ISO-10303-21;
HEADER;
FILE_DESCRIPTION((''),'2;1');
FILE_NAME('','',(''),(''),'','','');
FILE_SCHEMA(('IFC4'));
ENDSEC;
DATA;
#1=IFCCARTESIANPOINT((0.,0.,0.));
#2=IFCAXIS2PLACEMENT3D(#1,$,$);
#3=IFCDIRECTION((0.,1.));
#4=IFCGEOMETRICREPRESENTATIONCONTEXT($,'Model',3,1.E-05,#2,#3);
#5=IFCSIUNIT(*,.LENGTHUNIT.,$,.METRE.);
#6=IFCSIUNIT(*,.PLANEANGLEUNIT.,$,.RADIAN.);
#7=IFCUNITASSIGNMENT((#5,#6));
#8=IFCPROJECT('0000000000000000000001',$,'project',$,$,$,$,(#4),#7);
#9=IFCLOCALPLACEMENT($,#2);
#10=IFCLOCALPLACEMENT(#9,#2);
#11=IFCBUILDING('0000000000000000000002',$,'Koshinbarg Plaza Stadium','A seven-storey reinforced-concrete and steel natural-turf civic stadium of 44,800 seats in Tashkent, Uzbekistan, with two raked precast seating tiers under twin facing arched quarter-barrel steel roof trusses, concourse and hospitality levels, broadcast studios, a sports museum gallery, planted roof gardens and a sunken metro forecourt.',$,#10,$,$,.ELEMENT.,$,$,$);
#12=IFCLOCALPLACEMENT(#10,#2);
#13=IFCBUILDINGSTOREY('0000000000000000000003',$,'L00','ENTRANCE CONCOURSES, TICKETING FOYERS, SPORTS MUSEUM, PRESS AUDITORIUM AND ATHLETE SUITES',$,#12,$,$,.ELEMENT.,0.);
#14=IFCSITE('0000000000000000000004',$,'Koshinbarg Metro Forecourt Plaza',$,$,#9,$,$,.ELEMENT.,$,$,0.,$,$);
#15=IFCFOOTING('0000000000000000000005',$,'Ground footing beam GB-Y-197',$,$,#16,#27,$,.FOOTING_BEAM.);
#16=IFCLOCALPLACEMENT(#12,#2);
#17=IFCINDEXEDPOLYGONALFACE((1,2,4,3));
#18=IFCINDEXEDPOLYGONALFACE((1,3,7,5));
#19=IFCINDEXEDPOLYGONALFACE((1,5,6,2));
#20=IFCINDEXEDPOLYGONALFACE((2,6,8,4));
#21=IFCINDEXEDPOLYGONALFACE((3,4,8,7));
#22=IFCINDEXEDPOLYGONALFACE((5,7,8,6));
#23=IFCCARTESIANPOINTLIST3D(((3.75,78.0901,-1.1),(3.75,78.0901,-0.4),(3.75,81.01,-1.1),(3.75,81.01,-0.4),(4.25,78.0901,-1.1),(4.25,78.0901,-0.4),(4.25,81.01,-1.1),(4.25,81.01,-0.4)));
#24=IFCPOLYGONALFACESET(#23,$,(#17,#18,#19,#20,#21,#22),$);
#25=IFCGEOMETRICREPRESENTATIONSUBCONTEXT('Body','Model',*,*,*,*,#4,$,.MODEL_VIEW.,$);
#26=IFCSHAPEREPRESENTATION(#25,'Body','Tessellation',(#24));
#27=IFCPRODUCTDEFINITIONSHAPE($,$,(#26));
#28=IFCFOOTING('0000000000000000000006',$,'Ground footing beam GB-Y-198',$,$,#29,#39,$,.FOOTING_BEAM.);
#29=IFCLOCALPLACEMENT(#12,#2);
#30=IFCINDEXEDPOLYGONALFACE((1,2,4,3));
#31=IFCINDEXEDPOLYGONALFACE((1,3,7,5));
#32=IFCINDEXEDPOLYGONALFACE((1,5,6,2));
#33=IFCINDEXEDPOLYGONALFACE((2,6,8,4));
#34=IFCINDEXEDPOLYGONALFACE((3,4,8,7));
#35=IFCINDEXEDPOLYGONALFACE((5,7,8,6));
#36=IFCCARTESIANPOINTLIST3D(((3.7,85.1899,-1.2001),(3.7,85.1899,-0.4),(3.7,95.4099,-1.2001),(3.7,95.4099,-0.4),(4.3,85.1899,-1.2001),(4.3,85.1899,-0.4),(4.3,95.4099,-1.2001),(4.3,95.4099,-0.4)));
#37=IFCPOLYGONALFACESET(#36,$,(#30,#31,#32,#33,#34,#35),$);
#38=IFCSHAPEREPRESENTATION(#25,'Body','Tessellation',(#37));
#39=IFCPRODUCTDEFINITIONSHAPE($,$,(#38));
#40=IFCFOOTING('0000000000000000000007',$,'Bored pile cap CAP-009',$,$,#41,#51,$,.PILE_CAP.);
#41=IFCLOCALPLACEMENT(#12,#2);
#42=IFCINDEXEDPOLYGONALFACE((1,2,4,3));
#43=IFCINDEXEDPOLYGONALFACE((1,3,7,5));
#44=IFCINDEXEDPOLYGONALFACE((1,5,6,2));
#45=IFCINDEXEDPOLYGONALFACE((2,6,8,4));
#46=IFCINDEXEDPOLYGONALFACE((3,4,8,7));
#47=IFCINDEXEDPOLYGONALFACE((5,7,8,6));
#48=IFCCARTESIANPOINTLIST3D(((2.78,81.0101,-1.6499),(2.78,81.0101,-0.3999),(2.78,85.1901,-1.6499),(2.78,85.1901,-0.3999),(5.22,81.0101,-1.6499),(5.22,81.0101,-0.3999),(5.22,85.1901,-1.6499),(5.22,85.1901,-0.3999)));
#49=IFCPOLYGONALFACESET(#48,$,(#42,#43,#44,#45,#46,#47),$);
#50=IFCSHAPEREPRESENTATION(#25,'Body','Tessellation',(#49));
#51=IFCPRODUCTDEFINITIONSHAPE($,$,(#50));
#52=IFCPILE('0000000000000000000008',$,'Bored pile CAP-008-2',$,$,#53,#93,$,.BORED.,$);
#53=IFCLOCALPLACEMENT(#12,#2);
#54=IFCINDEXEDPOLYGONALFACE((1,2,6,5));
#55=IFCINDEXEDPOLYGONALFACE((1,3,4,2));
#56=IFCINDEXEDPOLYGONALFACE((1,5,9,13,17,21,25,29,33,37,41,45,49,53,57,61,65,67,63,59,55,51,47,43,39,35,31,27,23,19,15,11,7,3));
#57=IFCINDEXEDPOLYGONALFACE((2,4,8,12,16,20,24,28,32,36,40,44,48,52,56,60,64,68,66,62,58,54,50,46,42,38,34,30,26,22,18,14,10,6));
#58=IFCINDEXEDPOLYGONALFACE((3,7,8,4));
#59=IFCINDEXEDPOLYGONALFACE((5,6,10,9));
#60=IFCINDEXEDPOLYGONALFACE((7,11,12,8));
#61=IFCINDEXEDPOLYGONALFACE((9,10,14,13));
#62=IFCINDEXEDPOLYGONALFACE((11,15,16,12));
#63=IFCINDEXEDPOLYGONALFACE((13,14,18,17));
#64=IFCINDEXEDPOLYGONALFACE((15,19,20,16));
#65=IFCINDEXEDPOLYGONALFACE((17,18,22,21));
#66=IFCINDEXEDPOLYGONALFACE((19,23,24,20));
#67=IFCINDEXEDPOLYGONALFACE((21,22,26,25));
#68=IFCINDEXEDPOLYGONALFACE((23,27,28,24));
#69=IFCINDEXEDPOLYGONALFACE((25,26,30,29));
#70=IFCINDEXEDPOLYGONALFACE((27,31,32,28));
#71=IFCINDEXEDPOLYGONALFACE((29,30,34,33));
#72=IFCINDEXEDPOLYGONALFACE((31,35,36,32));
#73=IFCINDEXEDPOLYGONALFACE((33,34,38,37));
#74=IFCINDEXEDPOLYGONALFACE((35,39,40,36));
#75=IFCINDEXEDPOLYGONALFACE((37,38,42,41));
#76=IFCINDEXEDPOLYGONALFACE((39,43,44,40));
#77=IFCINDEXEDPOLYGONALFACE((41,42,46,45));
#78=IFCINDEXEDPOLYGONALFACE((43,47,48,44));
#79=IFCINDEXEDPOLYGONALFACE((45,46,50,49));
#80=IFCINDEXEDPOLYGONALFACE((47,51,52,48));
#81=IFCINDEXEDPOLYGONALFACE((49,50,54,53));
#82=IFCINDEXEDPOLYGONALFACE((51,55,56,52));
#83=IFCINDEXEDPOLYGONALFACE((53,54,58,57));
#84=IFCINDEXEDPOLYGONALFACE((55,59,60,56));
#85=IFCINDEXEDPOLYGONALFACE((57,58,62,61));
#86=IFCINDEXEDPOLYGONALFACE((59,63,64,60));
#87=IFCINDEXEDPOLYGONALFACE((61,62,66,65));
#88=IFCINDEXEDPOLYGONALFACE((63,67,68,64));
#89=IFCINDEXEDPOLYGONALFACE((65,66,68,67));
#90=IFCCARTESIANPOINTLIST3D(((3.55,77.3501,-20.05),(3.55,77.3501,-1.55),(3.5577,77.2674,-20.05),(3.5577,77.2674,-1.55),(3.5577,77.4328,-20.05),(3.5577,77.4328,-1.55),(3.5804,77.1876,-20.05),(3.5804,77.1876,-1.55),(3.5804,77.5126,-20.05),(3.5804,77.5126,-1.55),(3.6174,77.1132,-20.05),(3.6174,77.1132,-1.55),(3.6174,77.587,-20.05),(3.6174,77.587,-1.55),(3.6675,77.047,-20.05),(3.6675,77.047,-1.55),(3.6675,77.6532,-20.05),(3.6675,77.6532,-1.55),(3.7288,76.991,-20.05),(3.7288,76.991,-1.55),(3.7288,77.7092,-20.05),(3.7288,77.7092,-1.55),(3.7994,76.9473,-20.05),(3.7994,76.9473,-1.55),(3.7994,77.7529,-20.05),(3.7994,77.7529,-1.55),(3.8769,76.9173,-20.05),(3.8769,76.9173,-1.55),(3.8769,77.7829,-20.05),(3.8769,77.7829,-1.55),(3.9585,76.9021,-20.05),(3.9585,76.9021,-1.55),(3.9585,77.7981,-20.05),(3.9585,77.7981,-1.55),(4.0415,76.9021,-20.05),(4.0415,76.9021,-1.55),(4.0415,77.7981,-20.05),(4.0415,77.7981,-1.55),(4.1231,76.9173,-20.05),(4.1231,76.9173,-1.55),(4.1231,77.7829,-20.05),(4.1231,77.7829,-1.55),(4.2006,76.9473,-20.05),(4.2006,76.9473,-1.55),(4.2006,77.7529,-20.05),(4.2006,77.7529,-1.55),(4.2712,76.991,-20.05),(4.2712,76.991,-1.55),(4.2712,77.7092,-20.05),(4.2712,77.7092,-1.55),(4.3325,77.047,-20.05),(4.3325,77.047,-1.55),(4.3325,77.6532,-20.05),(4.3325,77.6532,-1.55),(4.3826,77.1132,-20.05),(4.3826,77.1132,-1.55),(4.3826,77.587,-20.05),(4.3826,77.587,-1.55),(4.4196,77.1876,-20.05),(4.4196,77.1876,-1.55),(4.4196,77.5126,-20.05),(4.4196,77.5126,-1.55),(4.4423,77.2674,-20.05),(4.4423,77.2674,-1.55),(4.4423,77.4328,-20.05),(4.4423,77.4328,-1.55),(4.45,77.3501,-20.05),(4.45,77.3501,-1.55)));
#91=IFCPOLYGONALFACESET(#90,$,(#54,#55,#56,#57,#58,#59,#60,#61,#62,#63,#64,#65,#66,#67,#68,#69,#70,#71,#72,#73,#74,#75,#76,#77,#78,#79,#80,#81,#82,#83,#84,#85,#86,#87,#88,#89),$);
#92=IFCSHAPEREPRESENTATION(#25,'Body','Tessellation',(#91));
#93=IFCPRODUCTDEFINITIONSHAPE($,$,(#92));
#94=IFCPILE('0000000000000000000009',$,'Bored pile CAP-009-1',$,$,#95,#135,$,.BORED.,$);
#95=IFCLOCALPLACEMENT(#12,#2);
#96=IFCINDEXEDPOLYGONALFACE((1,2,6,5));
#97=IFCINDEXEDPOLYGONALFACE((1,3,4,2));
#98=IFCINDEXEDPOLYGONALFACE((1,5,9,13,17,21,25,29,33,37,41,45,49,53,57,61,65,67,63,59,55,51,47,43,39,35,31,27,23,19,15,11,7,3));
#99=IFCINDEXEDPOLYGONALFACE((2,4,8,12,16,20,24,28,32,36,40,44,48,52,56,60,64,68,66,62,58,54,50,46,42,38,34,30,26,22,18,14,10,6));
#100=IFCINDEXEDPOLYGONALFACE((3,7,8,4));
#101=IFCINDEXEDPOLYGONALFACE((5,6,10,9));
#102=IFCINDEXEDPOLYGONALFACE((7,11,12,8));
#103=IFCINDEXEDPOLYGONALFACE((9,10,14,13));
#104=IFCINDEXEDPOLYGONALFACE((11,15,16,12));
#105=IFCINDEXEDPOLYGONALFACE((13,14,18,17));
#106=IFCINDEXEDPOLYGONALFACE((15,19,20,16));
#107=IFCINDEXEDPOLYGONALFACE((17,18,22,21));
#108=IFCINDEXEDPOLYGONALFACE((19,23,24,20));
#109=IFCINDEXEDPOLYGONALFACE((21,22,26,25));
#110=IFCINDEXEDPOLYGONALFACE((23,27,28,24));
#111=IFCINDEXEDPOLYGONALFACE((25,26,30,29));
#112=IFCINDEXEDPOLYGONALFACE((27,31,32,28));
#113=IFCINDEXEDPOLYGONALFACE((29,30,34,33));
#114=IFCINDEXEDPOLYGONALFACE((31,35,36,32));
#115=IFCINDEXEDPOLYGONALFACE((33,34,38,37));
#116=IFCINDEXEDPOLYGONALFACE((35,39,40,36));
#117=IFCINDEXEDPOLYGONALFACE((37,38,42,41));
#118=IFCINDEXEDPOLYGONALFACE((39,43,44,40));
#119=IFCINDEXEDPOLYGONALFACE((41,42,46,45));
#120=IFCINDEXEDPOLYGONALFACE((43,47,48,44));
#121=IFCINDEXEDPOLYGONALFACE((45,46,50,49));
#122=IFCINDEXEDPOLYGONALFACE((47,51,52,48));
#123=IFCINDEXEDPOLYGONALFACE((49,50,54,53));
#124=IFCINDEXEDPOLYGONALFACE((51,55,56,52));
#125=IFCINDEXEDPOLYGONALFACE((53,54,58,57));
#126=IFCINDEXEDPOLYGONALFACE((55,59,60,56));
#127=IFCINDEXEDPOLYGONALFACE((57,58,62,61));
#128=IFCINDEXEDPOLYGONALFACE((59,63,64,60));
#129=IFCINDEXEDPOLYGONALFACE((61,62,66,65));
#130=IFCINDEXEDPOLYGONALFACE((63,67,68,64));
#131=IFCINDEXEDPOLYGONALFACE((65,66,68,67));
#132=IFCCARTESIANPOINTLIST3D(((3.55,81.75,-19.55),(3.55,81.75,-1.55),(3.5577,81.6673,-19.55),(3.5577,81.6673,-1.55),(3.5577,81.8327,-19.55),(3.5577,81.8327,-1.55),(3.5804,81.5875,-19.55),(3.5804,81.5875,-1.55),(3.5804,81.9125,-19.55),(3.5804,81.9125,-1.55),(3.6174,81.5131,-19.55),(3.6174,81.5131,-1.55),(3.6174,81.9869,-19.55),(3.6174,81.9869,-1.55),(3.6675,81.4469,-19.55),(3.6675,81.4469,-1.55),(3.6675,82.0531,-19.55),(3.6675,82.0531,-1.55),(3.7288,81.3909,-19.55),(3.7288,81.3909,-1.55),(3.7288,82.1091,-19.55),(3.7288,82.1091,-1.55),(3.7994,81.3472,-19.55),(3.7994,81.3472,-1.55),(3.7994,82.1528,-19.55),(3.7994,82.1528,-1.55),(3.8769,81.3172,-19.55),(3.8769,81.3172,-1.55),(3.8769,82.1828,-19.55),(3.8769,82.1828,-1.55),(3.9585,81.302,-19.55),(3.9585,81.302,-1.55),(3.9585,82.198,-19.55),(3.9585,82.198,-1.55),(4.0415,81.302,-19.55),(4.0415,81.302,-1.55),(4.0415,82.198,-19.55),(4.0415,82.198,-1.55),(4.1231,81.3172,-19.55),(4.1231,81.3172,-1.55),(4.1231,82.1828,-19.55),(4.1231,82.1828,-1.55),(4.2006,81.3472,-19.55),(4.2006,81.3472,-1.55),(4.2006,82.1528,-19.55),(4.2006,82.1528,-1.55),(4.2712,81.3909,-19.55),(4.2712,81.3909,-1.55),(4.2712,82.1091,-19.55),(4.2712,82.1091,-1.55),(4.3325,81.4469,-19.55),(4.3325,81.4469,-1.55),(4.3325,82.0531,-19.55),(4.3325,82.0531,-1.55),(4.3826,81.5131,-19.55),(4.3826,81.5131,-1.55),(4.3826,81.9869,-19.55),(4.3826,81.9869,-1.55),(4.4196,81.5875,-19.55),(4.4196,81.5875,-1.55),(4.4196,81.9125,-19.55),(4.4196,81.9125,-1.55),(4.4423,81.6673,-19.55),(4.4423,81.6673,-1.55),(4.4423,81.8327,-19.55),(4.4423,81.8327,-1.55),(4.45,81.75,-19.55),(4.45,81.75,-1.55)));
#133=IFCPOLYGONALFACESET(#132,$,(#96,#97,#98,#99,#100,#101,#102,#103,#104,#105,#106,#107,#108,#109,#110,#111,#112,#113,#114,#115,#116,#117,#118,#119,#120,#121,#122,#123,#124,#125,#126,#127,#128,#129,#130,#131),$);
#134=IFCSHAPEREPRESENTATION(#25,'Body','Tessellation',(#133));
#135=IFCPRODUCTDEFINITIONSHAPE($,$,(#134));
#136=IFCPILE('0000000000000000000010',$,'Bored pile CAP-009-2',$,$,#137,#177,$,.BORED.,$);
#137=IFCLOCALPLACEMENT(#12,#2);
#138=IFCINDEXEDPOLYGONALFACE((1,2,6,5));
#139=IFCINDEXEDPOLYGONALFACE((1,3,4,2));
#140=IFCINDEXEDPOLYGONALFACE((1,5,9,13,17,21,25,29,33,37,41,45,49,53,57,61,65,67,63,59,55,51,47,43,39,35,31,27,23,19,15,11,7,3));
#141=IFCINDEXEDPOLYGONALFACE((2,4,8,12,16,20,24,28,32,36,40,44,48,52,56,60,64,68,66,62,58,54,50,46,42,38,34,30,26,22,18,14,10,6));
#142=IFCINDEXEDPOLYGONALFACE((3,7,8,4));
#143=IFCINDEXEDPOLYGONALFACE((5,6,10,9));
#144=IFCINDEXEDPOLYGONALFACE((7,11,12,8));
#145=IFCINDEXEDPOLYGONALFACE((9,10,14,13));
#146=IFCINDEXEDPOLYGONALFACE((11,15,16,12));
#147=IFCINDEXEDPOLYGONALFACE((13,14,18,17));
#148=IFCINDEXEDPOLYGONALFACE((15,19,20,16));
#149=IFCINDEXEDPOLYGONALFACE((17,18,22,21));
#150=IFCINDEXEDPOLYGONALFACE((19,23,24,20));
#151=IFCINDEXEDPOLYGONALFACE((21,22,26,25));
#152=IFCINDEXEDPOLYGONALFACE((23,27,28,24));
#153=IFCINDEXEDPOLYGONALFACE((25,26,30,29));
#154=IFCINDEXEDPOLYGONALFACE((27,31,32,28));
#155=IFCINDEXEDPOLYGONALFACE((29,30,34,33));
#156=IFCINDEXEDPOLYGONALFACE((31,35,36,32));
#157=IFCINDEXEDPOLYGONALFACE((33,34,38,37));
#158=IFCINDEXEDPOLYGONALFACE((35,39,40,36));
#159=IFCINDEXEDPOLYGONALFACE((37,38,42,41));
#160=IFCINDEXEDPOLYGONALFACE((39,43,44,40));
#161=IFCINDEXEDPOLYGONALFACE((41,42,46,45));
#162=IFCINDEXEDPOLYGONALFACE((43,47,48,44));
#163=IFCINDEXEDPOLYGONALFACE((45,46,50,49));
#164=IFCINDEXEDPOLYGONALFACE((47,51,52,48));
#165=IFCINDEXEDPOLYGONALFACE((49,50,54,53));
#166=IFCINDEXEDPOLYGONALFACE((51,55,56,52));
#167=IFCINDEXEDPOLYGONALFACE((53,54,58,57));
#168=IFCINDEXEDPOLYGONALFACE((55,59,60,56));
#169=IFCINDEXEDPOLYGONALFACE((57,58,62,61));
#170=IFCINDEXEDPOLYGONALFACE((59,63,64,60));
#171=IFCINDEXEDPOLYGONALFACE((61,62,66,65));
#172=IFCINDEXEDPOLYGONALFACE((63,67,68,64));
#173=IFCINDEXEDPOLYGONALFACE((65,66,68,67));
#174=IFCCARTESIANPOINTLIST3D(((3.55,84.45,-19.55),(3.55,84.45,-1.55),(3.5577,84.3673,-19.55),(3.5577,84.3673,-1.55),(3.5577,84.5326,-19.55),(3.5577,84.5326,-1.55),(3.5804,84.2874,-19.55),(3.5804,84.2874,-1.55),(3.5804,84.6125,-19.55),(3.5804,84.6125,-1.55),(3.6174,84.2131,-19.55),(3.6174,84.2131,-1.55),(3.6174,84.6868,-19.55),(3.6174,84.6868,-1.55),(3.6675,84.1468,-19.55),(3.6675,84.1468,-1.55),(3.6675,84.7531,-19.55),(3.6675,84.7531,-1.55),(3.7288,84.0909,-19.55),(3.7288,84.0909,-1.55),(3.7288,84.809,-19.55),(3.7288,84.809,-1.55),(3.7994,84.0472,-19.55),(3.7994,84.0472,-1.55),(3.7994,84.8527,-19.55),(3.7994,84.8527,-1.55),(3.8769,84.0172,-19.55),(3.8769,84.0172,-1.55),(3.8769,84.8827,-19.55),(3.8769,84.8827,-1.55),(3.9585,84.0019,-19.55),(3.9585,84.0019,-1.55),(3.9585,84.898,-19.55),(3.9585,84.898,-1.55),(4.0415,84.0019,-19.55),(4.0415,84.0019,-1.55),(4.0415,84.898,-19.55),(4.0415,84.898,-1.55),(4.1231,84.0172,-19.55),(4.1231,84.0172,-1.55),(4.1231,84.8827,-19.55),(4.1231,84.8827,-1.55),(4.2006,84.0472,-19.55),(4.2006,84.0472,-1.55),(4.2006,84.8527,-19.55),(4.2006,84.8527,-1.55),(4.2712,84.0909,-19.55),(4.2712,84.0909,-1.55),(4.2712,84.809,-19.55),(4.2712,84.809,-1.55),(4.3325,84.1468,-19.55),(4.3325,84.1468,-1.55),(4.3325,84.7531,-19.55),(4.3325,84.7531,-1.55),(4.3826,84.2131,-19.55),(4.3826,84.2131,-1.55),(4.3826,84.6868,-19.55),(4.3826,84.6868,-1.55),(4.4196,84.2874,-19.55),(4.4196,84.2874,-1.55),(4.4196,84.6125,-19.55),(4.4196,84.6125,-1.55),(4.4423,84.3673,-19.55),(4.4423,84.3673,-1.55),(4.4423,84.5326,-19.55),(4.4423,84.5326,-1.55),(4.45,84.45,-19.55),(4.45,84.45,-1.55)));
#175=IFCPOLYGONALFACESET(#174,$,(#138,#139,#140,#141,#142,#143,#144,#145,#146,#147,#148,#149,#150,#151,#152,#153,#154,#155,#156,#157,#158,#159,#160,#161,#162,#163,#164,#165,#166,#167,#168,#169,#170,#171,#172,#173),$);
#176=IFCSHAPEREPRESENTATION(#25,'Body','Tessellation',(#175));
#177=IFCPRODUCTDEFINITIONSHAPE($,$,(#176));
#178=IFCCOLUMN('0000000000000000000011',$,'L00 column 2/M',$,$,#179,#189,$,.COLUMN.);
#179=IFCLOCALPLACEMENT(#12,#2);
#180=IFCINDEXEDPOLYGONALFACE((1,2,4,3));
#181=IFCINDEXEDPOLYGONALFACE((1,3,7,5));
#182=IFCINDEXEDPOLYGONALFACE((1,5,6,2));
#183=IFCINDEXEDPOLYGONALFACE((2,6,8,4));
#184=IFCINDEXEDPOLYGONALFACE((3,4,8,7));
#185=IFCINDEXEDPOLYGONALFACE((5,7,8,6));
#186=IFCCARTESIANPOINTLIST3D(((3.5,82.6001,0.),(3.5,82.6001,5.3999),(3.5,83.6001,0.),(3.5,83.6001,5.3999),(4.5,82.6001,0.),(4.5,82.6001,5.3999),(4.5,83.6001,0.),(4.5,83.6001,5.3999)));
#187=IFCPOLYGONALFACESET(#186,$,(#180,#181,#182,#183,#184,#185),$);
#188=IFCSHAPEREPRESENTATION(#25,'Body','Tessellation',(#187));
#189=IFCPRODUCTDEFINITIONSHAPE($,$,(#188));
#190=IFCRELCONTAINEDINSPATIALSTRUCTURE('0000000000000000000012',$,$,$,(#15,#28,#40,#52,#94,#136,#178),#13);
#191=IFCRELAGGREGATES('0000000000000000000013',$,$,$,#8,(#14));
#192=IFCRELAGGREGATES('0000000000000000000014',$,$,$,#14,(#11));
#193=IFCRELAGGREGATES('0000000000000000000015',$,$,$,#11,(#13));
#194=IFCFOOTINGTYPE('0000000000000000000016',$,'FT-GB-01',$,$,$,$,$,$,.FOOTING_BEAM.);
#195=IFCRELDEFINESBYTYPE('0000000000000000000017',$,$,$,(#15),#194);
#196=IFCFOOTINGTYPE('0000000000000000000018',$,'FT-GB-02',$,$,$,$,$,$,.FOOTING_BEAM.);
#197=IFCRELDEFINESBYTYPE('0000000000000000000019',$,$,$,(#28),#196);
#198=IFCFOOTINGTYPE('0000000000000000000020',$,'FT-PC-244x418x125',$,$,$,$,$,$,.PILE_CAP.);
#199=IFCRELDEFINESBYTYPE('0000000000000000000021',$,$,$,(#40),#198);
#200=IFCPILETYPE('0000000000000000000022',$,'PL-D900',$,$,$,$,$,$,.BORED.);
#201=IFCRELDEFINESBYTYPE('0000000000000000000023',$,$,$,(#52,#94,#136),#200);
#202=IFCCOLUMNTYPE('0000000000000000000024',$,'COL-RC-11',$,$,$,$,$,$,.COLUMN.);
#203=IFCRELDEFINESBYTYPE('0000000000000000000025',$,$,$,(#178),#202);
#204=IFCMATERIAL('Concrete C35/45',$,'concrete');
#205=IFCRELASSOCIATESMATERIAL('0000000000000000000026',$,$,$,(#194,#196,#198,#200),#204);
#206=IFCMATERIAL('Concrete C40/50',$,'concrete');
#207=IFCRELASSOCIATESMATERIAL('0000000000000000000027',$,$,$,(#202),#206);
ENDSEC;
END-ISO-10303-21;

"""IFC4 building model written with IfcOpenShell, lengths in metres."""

from ifc_helpers import new_model, si_unit, direction, frame, origin, origin_2d, place, context, subcontext, project, spatial, rectangle, circle, extrude, material, material_profile, profile_set, type_object, element, save


model = new_model("IFC4")

# Units and contexts
model_context = context("Model", 3, precision=1e-05, world=origin(), true_north=direction((0.0, 1.0)))
body_context = subcontext(model_context, "Body", "Model", "MODEL_VIEW")
ifc_project = project(units=[si_unit("LENGTHUNIT", "METRE"), si_unit("PLANEANGLEUNIT", "RADIAN")], contexts=[model_context])

# Site, building, storey
site_placement = place(None, origin())
site = spatial("IfcSite", under=ifc_project, at=site_placement, Name="Koshinbarg Metro Forecourt Plaza", CompositionType="ELEMENT", RefElevation=0.0)
building_placement = place(site_placement, origin())
building = spatial("IfcBuilding", under=site, at=building_placement, Name="Koshinbarg Plaza Stadium", Description="A seven-storey reinforced-concrete and steel natural-turf civic stadium of 44,800 seats in Tashkent, Uzbekistan, with two raked precast seating tiers under twin facing arched quarter-barrel steel roof trusses, concourse and hospitality levels, broadcast studios, a sports museum gallery, planted roof gardens and a sunken metro forecourt.", CompositionType="ELEMENT")
storey_placement = place(building_placement, origin())
storey = spatial("IfcBuildingStorey", under=building, at=storey_placement, Name="L00", Description="ENTRANCE CONCOURSES, TICKETING FOYERS, SPORTS MUSEUM, PRESS AUDITORIUM AND ATHLETE SUITES", CompositionType="ELEMENT", Elevation=0.0)

# Footings
ifc_material_1 = material(Name="Concrete C35/45", Category="concrete")
ifc_material_profile_1 = material_profile(ifc_material_1, rectangle(XDim=0.5, YDim=0.7, at=origin_2d()), Name="GB 500x700")
ifc_profile_set_1 = profile_set([ifc_material_profile_1], Name="Concrete C35/45")
footing_type_1 = type_object("IfcFootingType", Name="FT-GB-01", PredefinedType="FOOTING_BEAM", material=ifc_profile_set_1)
footing_1_placement = place(storey_placement, frame((4.0, 78.0901, -0.75), z_axis=(0.0, 1.0, 0.0), x_axis=(-1.0, 0.0, 0.0)))
element("IfcFooting", 1, at=footing_1_placement, inside=storey, type_object=footing_type_1, Name="Ground footing beam GB-Y-197", PredefinedType="FOOTING_BEAM", context=body_context, shape_type="SweptSolid", body=[
    extrude(rectangle(XDim=0.5, YDim=0.7, at=origin_2d()), origin(), (0.0, 0.0, 1.0), 2.9199),
])
ifc_material_profile_2 = material_profile(ifc_material_1, rectangle(XDim=0.6001, YDim=0.8, at=origin_2d()), Name="GB 600x800")
ifc_profile_set_2 = profile_set([ifc_material_profile_2], Name="Concrete C35/45")
footing_type_2 = type_object("IfcFootingType", Name="FT-GB-02", PredefinedType="FOOTING_BEAM", material=ifc_profile_set_2)
footing_2_placement = place(storey_placement, frame((4.0, 85.1899, -0.8), z_axis=(0.0, 1.0, 0.0), x_axis=(-1.0, 0.0, 0.0)))
element("IfcFooting", 2, at=footing_2_placement, inside=storey, type_object=footing_type_2, Name="Ground footing beam GB-Y-198", PredefinedType="FOOTING_BEAM", context=body_context, shape_type="SweptSolid", body=[
    extrude(rectangle(XDim=0.6001, YDim=0.8, at=origin_2d()), origin(), (0.0, 0.0, 1.0), 10.22),
])
footing_type_3 = type_object("IfcFootingType", Name="FT-PC-244x418x125", PredefinedType="PILE_CAP", material=ifc_material_1)
footing_3_placement = place(storey_placement, frame((4.0, 83.1001, -1.6499), z_axis=(0.0, 0.0, 1.0), x_axis=(1.0, 0.0, 0.0)))
element("IfcFooting", 3, at=footing_3_placement, inside=storey, type_object=footing_type_3, Name="Bored pile cap CAP-009", PredefinedType="PILE_CAP", context=body_context, shape_type="SweptSolid", body=[
    extrude(rectangle(XDim=2.4399, YDim=4.1799, at=origin_2d()), origin(), (0.0, 0.0, 1.0), 1.25),
])

# Piles
ifc_material_profile_3 = material_profile(ifc_material_1, circle(Radius=0.45, at=origin_2d()), Name="PILE D900")
ifc_profile_set_3 = profile_set([ifc_material_profile_3], Name="Concrete C35/45")
pile_type = type_object("IfcPileType", Name="PL-D900", PredefinedType="BORED", material=ifc_profile_set_3)
pile_placement = place(storey_placement, frame((4.0, 77.3501, -1.55), z_axis=(0.0, 0.0, -1.0), x_axis=(1.0, 0.0, 0.0)))
element("IfcPile", 4, at=pile_placement, inside=storey, type_object=pile_type, Name="Bored pile CAP-008-2", PredefinedType="BORED", context=body_context, shape_type="SweptSolid", body=[
    extrude(circle(Radius=0.45, at=origin_2d()), origin(), (0.0, 0.0, 1.0), 18.5),
])
for number, where, z_axis, x_axis, name in (
    (5, (4.0, 81.75, -1.55), (0.0, 0.0, -1.0), (1.0, 0.0, 0.0), "Bored pile CAP-009-1"),
    (6, (4.0, 84.45, -1.55), (0.0, 0.0, -1.0), (1.0, 0.0, 0.0), "Bored pile CAP-009-2"),
):
    element("IfcPile", number, at=place(storey_placement, frame(where, z_axis=z_axis, x_axis=x_axis)), inside=storey, type_object=pile_type, Name=name, PredefinedType="BORED", context=body_context, shape_type="SweptSolid", body=[
        extrude(circle(Radius=0.45, at=origin_2d()), origin(), (0.0, 0.0, 1.0), 18.0),
    ])

# Column
ifc_material_2 = material(Name="Concrete C40/50", Category="concrete")
ifc_material_profile_4 = material_profile(ifc_material_2, rectangle(XDim=1.0, YDim=1.0, at=origin_2d()), Name="RC 1000x1000")
ifc_profile_set_4 = profile_set([ifc_material_profile_4], Name="Concrete C40/50")
column_type = type_object("IfcColumnType", Name="COL-RC-11", PredefinedType="COLUMN", material=ifc_profile_set_4)
column_placement = place(storey_placement, frame((4.0, 83.1001, 0.0), z_axis=(0.0, 0.0, 1.0), x_axis=(1.0, 0.0, 0.0)))
element("IfcColumn", 7, at=column_placement, inside=storey, type_object=column_type, Name="L00 column 2/M", PredefinedType="COLUMN", context=body_context, shape_type="SweptSolid", body=[
    extrude(rectangle(XDim=1.0, YDim=1.0, at=origin_2d()), origin(), (0.0, 0.0, 1.0), 5.3999),
])

save(model, "model.ifc")
